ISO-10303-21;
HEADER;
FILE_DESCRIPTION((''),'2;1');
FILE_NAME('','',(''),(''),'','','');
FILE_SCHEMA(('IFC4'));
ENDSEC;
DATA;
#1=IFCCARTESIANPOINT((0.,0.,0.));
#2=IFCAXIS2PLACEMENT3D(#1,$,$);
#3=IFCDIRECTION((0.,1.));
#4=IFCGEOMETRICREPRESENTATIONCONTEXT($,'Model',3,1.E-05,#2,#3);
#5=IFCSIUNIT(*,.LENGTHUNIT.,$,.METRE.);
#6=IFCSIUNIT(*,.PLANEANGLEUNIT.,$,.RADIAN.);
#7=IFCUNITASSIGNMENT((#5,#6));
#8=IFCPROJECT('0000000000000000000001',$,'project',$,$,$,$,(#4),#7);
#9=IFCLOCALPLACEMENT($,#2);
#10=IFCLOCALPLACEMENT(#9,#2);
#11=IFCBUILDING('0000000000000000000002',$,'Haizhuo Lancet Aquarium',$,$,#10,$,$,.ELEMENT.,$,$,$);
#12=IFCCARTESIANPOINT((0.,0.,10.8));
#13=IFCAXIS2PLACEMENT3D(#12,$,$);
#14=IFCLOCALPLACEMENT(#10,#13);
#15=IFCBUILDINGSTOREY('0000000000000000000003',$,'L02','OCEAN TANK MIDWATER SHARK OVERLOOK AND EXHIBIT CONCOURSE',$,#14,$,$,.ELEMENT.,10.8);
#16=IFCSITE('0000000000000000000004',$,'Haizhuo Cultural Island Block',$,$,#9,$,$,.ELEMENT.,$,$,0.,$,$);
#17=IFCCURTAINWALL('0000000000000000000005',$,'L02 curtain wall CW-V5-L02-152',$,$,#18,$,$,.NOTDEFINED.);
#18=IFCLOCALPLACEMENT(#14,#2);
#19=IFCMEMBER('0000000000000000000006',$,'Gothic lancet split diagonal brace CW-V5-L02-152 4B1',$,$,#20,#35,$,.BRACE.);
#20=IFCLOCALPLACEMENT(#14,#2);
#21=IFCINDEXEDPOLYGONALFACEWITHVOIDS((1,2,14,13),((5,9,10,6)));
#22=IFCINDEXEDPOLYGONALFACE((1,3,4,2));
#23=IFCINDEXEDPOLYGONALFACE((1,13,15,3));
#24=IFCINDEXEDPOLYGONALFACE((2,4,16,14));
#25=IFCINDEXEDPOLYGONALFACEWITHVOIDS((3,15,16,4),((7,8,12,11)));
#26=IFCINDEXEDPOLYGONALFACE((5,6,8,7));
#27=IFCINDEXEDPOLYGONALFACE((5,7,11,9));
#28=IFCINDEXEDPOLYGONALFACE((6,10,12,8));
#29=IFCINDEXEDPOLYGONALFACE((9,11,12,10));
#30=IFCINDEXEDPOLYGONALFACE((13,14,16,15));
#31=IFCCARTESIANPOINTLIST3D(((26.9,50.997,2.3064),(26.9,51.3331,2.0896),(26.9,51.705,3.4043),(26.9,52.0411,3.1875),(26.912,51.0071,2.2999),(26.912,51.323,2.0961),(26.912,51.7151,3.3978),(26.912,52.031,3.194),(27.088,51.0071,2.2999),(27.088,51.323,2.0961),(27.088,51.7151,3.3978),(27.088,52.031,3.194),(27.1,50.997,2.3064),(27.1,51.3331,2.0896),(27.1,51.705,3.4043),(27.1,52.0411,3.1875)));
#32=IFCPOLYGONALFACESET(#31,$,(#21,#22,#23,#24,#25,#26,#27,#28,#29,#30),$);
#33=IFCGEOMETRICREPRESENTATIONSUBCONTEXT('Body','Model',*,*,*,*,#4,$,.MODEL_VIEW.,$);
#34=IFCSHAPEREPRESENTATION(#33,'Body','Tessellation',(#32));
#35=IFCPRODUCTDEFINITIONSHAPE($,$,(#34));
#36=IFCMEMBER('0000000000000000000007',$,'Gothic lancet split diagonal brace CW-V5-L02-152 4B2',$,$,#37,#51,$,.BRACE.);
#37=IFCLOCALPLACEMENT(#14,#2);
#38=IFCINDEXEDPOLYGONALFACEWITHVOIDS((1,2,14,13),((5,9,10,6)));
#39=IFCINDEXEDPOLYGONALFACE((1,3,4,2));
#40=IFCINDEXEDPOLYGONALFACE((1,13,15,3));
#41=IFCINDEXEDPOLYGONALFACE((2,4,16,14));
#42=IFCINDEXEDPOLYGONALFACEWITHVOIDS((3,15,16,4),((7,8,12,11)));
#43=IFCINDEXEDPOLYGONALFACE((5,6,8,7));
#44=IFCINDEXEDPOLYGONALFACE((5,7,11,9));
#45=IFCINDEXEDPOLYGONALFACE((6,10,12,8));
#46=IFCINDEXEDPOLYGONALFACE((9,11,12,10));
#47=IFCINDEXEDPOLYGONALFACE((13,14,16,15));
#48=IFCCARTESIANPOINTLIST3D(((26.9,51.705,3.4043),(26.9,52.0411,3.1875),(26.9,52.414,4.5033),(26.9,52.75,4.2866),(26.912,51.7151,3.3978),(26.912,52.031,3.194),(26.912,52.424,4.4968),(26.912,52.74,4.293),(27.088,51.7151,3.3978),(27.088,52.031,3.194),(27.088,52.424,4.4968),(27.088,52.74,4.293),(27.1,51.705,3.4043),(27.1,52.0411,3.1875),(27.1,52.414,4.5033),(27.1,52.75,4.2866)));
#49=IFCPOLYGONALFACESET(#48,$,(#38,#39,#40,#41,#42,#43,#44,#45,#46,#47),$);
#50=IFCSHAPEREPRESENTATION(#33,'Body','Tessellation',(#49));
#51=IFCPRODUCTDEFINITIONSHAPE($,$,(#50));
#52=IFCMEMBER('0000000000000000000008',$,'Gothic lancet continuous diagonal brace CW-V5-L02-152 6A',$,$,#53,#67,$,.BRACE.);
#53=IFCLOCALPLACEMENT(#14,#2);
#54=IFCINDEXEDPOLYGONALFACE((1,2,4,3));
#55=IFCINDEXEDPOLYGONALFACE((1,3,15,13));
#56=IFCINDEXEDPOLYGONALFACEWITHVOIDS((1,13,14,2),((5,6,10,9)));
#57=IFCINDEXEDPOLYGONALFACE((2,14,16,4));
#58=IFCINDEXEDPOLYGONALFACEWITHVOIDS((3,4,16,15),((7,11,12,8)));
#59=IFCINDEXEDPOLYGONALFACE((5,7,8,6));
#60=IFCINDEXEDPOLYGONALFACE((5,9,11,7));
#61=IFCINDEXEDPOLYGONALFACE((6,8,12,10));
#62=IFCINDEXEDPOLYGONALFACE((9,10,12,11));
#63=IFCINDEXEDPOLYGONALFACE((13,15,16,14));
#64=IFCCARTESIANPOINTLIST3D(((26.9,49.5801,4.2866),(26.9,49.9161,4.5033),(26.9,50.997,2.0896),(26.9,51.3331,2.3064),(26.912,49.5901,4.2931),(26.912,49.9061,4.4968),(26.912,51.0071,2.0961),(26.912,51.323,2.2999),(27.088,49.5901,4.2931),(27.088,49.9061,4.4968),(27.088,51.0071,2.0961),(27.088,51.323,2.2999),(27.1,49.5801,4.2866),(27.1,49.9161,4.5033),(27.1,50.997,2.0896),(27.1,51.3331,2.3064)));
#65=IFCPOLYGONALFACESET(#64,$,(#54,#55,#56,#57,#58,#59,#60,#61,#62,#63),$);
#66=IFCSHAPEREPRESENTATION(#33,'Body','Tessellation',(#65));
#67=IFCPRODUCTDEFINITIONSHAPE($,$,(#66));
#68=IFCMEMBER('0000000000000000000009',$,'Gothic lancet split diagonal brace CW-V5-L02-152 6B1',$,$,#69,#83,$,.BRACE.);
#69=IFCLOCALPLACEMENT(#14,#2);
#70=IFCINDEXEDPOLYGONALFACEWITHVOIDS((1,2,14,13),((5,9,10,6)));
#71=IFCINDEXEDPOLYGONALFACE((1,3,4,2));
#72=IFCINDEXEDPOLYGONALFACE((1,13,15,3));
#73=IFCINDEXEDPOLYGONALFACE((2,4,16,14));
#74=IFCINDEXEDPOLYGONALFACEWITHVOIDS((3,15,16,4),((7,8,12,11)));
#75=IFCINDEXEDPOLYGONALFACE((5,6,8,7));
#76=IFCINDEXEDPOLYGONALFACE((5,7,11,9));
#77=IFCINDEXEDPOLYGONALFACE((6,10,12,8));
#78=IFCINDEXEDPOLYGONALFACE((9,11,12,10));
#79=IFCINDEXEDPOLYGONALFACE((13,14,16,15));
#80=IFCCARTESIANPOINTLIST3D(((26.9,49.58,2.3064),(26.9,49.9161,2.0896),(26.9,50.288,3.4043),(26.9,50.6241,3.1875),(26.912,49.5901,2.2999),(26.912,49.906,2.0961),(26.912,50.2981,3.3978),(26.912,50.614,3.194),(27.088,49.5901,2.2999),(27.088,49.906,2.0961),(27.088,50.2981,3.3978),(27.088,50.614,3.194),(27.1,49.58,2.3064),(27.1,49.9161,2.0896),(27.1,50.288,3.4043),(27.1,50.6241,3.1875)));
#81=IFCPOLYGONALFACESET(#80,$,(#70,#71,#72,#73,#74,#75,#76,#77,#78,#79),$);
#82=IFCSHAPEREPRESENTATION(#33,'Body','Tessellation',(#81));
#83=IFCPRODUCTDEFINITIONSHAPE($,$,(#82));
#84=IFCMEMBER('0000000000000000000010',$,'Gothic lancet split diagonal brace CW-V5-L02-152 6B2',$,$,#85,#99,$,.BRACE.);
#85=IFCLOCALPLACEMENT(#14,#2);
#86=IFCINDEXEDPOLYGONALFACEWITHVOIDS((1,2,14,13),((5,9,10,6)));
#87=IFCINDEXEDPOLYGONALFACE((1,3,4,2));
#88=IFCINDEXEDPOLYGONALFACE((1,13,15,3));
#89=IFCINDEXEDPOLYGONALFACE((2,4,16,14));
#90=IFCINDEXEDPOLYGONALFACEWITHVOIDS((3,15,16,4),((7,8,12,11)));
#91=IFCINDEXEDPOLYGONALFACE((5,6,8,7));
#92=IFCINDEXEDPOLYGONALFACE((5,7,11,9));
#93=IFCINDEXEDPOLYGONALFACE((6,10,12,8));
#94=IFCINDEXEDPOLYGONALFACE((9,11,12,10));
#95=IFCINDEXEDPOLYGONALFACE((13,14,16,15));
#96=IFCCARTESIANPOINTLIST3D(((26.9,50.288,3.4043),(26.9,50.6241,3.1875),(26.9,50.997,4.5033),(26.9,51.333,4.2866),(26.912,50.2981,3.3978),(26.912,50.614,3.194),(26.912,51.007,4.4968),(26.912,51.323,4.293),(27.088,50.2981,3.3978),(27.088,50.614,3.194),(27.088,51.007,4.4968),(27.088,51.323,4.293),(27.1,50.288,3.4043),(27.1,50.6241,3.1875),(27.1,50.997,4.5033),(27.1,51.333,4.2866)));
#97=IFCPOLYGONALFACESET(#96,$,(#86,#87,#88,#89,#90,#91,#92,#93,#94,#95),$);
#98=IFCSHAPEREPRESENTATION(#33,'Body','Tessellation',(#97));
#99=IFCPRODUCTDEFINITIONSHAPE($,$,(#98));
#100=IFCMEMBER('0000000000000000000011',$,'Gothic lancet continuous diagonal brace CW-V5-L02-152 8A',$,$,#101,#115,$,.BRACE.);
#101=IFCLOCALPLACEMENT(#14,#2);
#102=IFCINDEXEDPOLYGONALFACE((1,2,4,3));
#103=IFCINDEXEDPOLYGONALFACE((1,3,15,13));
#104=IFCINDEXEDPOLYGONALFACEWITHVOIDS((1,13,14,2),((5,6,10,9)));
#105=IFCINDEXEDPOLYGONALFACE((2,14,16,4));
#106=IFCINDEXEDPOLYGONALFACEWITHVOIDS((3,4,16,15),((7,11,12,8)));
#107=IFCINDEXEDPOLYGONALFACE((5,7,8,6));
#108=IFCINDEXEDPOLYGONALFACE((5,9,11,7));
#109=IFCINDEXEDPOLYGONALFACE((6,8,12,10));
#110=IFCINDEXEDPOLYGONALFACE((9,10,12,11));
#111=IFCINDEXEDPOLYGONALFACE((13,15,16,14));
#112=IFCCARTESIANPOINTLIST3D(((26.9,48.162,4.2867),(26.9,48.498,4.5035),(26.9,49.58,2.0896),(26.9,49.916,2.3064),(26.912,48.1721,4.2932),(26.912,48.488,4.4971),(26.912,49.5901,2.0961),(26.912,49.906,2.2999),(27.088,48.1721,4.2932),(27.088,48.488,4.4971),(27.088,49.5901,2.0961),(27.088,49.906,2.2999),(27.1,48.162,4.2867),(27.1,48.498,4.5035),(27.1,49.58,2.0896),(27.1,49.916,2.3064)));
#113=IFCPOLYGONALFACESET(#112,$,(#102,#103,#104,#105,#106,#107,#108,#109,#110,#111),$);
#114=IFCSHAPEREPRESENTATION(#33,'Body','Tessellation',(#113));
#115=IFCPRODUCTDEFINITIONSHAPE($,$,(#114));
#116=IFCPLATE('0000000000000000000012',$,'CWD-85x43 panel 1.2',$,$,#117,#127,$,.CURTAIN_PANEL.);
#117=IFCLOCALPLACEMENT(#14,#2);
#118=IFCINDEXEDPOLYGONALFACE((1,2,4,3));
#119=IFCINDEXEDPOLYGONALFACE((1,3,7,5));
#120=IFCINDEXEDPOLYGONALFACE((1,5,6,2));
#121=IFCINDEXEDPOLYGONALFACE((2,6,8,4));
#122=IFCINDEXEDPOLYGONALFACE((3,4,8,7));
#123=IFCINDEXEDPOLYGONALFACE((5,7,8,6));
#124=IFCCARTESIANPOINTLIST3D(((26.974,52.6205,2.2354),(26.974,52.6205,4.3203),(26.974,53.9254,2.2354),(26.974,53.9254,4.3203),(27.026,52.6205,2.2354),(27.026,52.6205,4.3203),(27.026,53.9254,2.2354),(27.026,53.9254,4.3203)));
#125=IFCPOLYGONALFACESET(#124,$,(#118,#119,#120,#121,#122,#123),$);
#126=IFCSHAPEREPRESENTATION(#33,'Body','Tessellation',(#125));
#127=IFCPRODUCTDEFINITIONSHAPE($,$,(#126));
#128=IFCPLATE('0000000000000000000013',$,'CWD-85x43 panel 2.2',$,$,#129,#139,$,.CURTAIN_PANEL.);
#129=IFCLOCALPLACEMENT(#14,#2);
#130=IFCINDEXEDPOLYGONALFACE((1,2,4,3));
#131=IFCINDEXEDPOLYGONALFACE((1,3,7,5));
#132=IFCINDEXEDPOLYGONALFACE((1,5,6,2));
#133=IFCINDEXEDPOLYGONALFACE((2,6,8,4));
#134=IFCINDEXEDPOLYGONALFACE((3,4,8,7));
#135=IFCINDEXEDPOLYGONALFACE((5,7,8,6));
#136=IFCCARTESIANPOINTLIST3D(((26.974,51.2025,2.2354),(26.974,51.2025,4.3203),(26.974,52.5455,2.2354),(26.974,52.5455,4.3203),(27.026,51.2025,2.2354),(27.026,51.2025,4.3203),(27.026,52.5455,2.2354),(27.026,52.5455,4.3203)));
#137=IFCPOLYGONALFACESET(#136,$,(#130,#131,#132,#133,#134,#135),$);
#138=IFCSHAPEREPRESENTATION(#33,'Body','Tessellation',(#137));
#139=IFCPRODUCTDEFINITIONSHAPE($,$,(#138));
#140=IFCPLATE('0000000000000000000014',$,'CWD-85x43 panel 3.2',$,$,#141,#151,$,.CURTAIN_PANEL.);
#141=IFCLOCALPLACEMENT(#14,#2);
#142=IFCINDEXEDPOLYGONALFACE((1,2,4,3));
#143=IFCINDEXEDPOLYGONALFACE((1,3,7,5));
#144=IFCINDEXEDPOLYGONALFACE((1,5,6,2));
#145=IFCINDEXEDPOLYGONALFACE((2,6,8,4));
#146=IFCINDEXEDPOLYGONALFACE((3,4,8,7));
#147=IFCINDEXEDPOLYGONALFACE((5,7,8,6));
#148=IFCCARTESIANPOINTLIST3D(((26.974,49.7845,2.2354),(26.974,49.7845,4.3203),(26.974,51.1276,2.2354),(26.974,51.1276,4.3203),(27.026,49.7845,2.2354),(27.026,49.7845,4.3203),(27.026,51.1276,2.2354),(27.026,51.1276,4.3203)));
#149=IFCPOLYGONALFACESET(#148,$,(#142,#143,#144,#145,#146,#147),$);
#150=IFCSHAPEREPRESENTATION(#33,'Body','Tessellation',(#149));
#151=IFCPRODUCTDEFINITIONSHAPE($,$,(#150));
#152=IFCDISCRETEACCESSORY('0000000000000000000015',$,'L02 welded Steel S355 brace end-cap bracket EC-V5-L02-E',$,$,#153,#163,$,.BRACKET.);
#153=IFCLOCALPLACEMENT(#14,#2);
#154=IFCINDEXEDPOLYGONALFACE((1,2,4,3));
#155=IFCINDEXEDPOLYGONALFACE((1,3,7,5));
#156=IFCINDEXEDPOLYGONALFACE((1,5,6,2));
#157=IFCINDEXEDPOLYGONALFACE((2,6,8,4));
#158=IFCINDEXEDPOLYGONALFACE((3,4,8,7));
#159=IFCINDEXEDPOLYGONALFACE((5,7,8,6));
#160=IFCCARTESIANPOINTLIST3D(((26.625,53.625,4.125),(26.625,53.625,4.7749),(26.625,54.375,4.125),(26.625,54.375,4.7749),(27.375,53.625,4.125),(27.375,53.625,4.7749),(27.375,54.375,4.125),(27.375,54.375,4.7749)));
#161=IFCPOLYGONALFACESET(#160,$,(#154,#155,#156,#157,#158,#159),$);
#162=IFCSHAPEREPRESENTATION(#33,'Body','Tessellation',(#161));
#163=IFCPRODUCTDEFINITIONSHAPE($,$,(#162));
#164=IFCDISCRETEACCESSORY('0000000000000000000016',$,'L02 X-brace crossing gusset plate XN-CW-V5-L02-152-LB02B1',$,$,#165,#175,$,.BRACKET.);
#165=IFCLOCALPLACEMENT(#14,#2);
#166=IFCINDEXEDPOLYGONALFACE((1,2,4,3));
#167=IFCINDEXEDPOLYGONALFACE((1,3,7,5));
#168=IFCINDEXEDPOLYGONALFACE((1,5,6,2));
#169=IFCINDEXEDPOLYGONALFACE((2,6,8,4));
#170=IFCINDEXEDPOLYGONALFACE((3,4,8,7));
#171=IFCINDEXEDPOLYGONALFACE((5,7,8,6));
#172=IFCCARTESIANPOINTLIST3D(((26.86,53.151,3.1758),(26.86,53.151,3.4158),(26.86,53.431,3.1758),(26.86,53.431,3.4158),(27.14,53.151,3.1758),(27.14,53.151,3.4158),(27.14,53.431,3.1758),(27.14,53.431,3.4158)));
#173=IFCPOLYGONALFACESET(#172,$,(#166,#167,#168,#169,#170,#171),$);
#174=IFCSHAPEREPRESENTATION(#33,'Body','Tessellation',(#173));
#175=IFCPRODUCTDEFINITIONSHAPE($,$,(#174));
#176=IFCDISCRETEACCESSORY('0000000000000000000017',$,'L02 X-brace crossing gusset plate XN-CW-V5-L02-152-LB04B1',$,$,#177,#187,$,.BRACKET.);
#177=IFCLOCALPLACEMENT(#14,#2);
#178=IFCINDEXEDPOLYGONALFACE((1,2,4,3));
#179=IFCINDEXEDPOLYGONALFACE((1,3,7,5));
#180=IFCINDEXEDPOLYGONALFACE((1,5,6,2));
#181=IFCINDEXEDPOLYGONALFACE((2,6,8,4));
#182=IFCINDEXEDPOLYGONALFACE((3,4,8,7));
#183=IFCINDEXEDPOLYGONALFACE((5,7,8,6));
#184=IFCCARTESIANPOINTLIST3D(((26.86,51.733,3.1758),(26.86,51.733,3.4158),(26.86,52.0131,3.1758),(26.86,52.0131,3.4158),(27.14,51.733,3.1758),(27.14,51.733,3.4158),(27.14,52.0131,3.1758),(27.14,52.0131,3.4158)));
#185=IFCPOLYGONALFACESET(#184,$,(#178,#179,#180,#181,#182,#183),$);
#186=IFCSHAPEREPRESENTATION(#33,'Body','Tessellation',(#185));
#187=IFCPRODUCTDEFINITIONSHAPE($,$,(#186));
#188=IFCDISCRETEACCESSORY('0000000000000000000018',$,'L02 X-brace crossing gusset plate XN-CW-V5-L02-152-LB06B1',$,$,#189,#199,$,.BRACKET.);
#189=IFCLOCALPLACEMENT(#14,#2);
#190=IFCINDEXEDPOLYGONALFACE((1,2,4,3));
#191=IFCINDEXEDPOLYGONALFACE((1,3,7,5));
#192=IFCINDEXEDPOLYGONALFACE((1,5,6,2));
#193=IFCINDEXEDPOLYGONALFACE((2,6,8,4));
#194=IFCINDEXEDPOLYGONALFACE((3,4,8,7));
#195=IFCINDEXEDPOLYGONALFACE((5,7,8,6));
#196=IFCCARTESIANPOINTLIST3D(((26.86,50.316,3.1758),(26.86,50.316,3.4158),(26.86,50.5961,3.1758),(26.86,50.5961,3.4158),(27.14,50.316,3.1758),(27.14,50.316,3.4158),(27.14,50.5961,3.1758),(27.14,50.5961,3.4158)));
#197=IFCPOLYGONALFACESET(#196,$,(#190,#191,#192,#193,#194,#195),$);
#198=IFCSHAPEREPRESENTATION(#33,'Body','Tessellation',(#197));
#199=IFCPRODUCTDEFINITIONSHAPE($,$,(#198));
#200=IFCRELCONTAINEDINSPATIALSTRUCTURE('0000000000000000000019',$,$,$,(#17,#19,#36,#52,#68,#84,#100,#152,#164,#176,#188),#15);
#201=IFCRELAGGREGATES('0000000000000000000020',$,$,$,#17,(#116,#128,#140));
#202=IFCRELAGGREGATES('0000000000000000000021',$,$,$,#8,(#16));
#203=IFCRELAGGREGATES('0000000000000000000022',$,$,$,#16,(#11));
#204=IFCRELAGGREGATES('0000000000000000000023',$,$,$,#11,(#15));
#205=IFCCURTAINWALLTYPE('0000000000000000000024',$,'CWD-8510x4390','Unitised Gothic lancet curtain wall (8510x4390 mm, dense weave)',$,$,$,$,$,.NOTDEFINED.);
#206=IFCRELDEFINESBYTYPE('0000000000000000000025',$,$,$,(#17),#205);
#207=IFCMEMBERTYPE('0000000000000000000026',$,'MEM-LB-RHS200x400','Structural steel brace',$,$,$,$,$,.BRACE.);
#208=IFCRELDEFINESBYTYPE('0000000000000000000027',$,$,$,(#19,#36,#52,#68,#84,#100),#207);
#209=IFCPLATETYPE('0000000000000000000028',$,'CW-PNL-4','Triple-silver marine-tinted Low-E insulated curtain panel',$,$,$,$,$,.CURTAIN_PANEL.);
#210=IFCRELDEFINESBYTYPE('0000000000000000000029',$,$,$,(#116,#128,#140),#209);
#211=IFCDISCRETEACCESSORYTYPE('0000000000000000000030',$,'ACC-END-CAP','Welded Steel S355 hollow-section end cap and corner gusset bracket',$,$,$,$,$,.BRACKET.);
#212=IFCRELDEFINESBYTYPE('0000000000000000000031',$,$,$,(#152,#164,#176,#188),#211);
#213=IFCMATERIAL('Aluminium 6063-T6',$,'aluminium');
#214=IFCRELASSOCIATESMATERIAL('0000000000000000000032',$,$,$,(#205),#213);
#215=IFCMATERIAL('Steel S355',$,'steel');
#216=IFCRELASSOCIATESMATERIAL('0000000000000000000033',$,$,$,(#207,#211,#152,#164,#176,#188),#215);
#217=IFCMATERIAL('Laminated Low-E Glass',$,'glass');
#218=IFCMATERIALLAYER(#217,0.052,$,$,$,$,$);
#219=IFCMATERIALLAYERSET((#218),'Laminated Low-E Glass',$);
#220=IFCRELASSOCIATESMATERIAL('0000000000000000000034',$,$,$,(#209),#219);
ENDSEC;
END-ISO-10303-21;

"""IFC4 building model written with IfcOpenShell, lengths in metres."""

from ifc_helpers import new_model, si_unit, direction, frame, origin, origin_2d, place, context, subcontext, project, spatial, rectangle, hollow_rectangle, extrude, material, layer, layer_set, material_profile, profile_set, type_object, element, aggregate, save


model = new_model("IFC4")

# Units and contexts
model_context = context("Model", 3, precision=1e-05, world=origin(), true_north=direction((0.0, 1.0)))
body_context = subcontext(model_context, "Body", "Model", "MODEL_VIEW")
ifc_project = project(units=[si_unit("LENGTHUNIT", "METRE"), si_unit("PLANEANGLEUNIT", "RADIAN")], contexts=[model_context])

# Site, building, storey
site_placement = place(None, origin())
site = spatial("IfcSite", under=ifc_project, at=site_placement, Name="Haizhuo Cultural Island Block", CompositionType="ELEMENT", RefElevation=0.0)
building_placement = place(site_placement, origin())
building = spatial("IfcBuilding", under=site, at=building_placement, Name="Haizhuo Lancet Aquarium", CompositionType="ELEMENT")
storey_placement = place(building_placement, frame((0.0, 0.0, 10.8)))
storey = spatial("IfcBuildingStorey", under=building, at=storey_placement, Name="L02", Description="OCEAN TANK MIDWATER SHARK OVERLOOK AND EXHIBIT CONCOURSE", CompositionType="ELEMENT", Elevation=10.8)

# Curtain wall
ifc_material_1 = material(Name="Aluminium 6063-T6", Category="aluminium")
curtain_wall_type = type_object("IfcCurtainWallType", Name="CWD-8510x4390", Description="Unitised Gothic lancet curtain wall (8510x4390 mm, dense weave)", PredefinedType="NOTDEFINED", material=ifc_material_1)
curtain_wall_placement = place(storey_placement, origin())
curtain_wall = element("IfcCurtainWall", 1, at=curtain_wall_placement, inside=storey, type_object=curtain_wall_type, Name="L02 curtain wall CW-V5-L02-152", PredefinedType="NOTDEFINED")

# Members
ifc_material_2 = material(Name="Steel S355", Category="steel")
ifc_material_profile_1 = material_profile(ifc_material_2, hollow_rectangle(XDim=0.2, YDim=0.3999, WallThickness=0.012, at=origin_2d()), Name="RHS 200x400x12")
ifc_profile_set_1 = profile_set([ifc_material_profile_1], Name="Steel S355")
member_type_1 = type_object("IfcMemberType", Name="MEM-LB-RHS200x400", Description="Structural steel brace", PredefinedType="BRACE", material=ifc_profile_set_1)
member_1_placement = place(storey_placement, frame((27.0, 51.165, 2.198), z_axis=(0.0, 0.541957, 0.840406), x_axis=(-1.0, 0.0, 0.0)))
element("IfcMember", 2, at=member_1_placement, inside=storey, type_object=member_type_1, Name="Gothic lancet split diagonal brace CW-V5-L02-152 4B1", PredefinedType="BRACE", context=body_context, shape_type="SweptSolid", body=[
    extrude(hollow_rectangle(XDim=0.2, YDim=0.3999, WallThickness=0.012, at=origin_2d()), origin(), (0.0, 0.0, 1.0), 1.3064),
])
member_2_placement = place(storey_placement, frame((27.0, 51.873, 3.2959), z_axis=(0.0, 0.542059, 0.840341), x_axis=(-1.0, 0.0, 0.0)))
element("IfcMember", 3, at=member_2_placement, inside=storey, type_object=member_type_1, Name="Gothic lancet split diagonal brace CW-V5-L02-152 4B2", PredefinedType="BRACE", context=body_context, shape_type="SweptSolid", body=[
    extrude(hollow_rectangle(XDim=0.2, YDim=0.3999, WallThickness=0.012, at=origin_2d()), origin(), (0.0, 0.0, 1.0), 1.3079),
])
member_3_placement = place(storey_placement, frame((27.0, 51.165, 2.198), z_axis=(0.0, -0.542008, 0.840373), x_axis=(1.0, 0.0, 0.0)))
element("IfcMember", 4, at=member_3_placement, inside=storey, type_object=member_type_1, Name="Gothic lancet continuous diagonal brace CW-V5-L02-152 6A", PredefinedType="BRACE", context=body_context, shape_type="SweptSolid", body=[
    extrude(hollow_rectangle(XDim=0.2, YDim=0.3999, WallThickness=0.012, at=origin_2d()), origin(), (0.0, 0.0, 1.0), 2.6143),
])
member_4_placement = place(storey_placement, frame((27.0, 49.748, 2.198), z_axis=(0.0, 0.541957, 0.840406), x_axis=(-1.0, 0.0, 0.0)))
element("IfcMember", 5, at=member_4_placement, inside=storey, type_object=member_type_1, Name="Gothic lancet split diagonal brace CW-V5-L02-152 6B1", PredefinedType="BRACE", context=body_context, shape_type="SweptSolid", body=[
    extrude(hollow_rectangle(XDim=0.2, YDim=0.3999, WallThickness=0.012, at=origin_2d()), origin(), (0.0, 0.0, 1.0), 1.3064),
])
member_5_placement = place(storey_placement, frame((27.0, 50.4561, 3.2959), z_axis=(0.0, 0.542059, 0.840341), x_axis=(-1.0, 0.0, 0.0)))
element("IfcMember", 6, at=member_5_placement, inside=storey, type_object=member_type_1, Name="Gothic lancet split diagonal brace CW-V5-L02-152 6B2", PredefinedType="BRACE", context=body_context, shape_type="SweptSolid", body=[
    extrude(hollow_rectangle(XDim=0.2, YDim=0.3999, WallThickness=0.012, at=origin_2d()), origin(), (0.0, 0.0, 1.0), 1.3079),
])
member_6_placement = place(storey_placement, frame((27.0, 49.748, 2.198), z_axis=(0.0, -0.542271, 0.840203), x_axis=(1.0, 0.0, 0.0)))
element("IfcMember", 7, at=member_6_placement, inside=storey, type_object=member_type_1, Name="Gothic lancet continuous diagonal brace CW-V5-L02-152 8A", PredefinedType="BRACE", context=body_context, shape_type="SweptSolid", body=[
    extrude(hollow_rectangle(XDim=0.2, YDim=0.3999, WallThickness=0.012, at=origin_2d()), origin(), (0.0, 0.0, 1.0), 2.615),
])

# Plates
ifc_material_3 = material(Name="Laminated Low-E Glass", Category="glass")
ifc_layer = layer(ifc_material_3, 0.052)
ifc_layer_set = layer_set([ifc_layer], Name="Laminated Low-E Glass")
plate_type = type_object("IfcPlateType", Name="CW-PNL-4", Description="Triple-silver marine-tinted Low-E insulated curtain panel", PredefinedType="CURTAIN_PANEL", material=ifc_layer_set)
plate_1_placement = place(storey_placement, frame((27.0, 53.2729, 2.2354), z_axis=(0.0, 0.0, 1.0), x_axis=(0.0, -1.0, 0.0)))
plate_1 = element("IfcPlate", 8, at=plate_1_placement, type_object=plate_type, Name="CWD-85x43 panel 1.2", PredefinedType="CURTAIN_PANEL", context=body_context, shape_type="SweptSolid", body=[
    extrude(rectangle(XDim=1.3049, YDim=0.052, at=origin_2d()), origin(), (0.0, 0.0, 1.0), 2.085),
])
plate_2_placement = place(storey_placement, frame((27.0, 51.874, 2.2354), z_axis=(0.0, 0.0, 1.0), x_axis=(0.0, -1.0, 0.0)))
plate_2 = element("IfcPlate", 9, at=plate_2_placement, type_object=plate_type, Name="CWD-85x43 panel 2.2", PredefinedType="CURTAIN_PANEL", context=body_context, shape_type="SweptSolid", body=[
    extrude(rectangle(XDim=1.343, YDim=0.052, at=origin_2d()), origin(), (0.0, 0.0, 1.0), 2.085),
])
plate_3_placement = place(storey_placement, frame((27.0, 50.4561, 2.2354), z_axis=(0.0, 0.0, 1.0), x_axis=(0.0, -1.0, 0.0)))
plate_3 = element("IfcPlate", 10, at=plate_3_placement, type_object=plate_type, Name="CWD-85x43 panel 3.2", PredefinedType="CURTAIN_PANEL", context=body_context, shape_type="SweptSolid", body=[
    extrude(rectangle(XDim=1.343, YDim=0.052, at=origin_2d()), origin(), (0.0, 0.0, 1.0), 2.085),
])
aggregate(curtain_wall, [plate_1, plate_2, plate_3])

# Discrete accessories
discrete_accessory_type = type_object("IfcDiscreteAccessoryType", Name="ACC-END-CAP", Description="Welded Steel S355 hollow-section end cap and corner gusset bracket", PredefinedType="BRACKET", material=ifc_material_2)
discrete_accessory_placement = place(storey_placement, frame((27.0, 54.0, 4.125), z_axis=(0.0, 0.0, 1.0), x_axis=(1.0, 0.0, 0.0)))
element("IfcDiscreteAccessory", 11, at=discrete_accessory_placement, inside=storey, type_object=discrete_accessory_type, material=ifc_material_2, Name="L02 welded Steel S355 brace end-cap bracket EC-V5-L02-E", PredefinedType="BRACKET", context=body_context, shape_type="SweptSolid", body=[
    extrude(rectangle(XDim=0.75, YDim=0.75, at=origin_2d()), origin(), (0.0, 0.0, 1.0), 0.6499),
])
for number, where, z_axis, x_axis, name in (
    (12, (27.0, 53.291, 3.1758), (0.0, 0.0, 1.0), (1.0, 0.0, 0.0), "L02 X-brace crossing gusset plate XN-CW-V5-L02-152-LB02B1"),
    (13, (27.0, 51.873, 3.1758), (0.0, 0.0, 1.0), (1.0, 0.0, 0.0), "L02 X-brace crossing gusset plate XN-CW-V5-L02-152-LB04B1"),
    (14, (27.0, 50.4561, 3.1758), (0.0, 0.0, 1.0), (1.0, 0.0, 0.0), "L02 X-brace crossing gusset plate XN-CW-V5-L02-152-LB06B1"),
):
    element("IfcDiscreteAccessory", number, at=place(storey_placement, frame(where, z_axis=z_axis, x_axis=x_axis)), inside=storey, type_object=discrete_accessory_type, material=ifc_material_2, Name=name, PredefinedType="BRACKET", context=body_context, shape_type="SweptSolid", body=[
        extrude(rectangle(XDim=0.28, YDim=0.28, at=origin_2d()), origin(), (0.0, 0.0, 1.0), 0.24),
    ])

save(model, "model.ifc")
